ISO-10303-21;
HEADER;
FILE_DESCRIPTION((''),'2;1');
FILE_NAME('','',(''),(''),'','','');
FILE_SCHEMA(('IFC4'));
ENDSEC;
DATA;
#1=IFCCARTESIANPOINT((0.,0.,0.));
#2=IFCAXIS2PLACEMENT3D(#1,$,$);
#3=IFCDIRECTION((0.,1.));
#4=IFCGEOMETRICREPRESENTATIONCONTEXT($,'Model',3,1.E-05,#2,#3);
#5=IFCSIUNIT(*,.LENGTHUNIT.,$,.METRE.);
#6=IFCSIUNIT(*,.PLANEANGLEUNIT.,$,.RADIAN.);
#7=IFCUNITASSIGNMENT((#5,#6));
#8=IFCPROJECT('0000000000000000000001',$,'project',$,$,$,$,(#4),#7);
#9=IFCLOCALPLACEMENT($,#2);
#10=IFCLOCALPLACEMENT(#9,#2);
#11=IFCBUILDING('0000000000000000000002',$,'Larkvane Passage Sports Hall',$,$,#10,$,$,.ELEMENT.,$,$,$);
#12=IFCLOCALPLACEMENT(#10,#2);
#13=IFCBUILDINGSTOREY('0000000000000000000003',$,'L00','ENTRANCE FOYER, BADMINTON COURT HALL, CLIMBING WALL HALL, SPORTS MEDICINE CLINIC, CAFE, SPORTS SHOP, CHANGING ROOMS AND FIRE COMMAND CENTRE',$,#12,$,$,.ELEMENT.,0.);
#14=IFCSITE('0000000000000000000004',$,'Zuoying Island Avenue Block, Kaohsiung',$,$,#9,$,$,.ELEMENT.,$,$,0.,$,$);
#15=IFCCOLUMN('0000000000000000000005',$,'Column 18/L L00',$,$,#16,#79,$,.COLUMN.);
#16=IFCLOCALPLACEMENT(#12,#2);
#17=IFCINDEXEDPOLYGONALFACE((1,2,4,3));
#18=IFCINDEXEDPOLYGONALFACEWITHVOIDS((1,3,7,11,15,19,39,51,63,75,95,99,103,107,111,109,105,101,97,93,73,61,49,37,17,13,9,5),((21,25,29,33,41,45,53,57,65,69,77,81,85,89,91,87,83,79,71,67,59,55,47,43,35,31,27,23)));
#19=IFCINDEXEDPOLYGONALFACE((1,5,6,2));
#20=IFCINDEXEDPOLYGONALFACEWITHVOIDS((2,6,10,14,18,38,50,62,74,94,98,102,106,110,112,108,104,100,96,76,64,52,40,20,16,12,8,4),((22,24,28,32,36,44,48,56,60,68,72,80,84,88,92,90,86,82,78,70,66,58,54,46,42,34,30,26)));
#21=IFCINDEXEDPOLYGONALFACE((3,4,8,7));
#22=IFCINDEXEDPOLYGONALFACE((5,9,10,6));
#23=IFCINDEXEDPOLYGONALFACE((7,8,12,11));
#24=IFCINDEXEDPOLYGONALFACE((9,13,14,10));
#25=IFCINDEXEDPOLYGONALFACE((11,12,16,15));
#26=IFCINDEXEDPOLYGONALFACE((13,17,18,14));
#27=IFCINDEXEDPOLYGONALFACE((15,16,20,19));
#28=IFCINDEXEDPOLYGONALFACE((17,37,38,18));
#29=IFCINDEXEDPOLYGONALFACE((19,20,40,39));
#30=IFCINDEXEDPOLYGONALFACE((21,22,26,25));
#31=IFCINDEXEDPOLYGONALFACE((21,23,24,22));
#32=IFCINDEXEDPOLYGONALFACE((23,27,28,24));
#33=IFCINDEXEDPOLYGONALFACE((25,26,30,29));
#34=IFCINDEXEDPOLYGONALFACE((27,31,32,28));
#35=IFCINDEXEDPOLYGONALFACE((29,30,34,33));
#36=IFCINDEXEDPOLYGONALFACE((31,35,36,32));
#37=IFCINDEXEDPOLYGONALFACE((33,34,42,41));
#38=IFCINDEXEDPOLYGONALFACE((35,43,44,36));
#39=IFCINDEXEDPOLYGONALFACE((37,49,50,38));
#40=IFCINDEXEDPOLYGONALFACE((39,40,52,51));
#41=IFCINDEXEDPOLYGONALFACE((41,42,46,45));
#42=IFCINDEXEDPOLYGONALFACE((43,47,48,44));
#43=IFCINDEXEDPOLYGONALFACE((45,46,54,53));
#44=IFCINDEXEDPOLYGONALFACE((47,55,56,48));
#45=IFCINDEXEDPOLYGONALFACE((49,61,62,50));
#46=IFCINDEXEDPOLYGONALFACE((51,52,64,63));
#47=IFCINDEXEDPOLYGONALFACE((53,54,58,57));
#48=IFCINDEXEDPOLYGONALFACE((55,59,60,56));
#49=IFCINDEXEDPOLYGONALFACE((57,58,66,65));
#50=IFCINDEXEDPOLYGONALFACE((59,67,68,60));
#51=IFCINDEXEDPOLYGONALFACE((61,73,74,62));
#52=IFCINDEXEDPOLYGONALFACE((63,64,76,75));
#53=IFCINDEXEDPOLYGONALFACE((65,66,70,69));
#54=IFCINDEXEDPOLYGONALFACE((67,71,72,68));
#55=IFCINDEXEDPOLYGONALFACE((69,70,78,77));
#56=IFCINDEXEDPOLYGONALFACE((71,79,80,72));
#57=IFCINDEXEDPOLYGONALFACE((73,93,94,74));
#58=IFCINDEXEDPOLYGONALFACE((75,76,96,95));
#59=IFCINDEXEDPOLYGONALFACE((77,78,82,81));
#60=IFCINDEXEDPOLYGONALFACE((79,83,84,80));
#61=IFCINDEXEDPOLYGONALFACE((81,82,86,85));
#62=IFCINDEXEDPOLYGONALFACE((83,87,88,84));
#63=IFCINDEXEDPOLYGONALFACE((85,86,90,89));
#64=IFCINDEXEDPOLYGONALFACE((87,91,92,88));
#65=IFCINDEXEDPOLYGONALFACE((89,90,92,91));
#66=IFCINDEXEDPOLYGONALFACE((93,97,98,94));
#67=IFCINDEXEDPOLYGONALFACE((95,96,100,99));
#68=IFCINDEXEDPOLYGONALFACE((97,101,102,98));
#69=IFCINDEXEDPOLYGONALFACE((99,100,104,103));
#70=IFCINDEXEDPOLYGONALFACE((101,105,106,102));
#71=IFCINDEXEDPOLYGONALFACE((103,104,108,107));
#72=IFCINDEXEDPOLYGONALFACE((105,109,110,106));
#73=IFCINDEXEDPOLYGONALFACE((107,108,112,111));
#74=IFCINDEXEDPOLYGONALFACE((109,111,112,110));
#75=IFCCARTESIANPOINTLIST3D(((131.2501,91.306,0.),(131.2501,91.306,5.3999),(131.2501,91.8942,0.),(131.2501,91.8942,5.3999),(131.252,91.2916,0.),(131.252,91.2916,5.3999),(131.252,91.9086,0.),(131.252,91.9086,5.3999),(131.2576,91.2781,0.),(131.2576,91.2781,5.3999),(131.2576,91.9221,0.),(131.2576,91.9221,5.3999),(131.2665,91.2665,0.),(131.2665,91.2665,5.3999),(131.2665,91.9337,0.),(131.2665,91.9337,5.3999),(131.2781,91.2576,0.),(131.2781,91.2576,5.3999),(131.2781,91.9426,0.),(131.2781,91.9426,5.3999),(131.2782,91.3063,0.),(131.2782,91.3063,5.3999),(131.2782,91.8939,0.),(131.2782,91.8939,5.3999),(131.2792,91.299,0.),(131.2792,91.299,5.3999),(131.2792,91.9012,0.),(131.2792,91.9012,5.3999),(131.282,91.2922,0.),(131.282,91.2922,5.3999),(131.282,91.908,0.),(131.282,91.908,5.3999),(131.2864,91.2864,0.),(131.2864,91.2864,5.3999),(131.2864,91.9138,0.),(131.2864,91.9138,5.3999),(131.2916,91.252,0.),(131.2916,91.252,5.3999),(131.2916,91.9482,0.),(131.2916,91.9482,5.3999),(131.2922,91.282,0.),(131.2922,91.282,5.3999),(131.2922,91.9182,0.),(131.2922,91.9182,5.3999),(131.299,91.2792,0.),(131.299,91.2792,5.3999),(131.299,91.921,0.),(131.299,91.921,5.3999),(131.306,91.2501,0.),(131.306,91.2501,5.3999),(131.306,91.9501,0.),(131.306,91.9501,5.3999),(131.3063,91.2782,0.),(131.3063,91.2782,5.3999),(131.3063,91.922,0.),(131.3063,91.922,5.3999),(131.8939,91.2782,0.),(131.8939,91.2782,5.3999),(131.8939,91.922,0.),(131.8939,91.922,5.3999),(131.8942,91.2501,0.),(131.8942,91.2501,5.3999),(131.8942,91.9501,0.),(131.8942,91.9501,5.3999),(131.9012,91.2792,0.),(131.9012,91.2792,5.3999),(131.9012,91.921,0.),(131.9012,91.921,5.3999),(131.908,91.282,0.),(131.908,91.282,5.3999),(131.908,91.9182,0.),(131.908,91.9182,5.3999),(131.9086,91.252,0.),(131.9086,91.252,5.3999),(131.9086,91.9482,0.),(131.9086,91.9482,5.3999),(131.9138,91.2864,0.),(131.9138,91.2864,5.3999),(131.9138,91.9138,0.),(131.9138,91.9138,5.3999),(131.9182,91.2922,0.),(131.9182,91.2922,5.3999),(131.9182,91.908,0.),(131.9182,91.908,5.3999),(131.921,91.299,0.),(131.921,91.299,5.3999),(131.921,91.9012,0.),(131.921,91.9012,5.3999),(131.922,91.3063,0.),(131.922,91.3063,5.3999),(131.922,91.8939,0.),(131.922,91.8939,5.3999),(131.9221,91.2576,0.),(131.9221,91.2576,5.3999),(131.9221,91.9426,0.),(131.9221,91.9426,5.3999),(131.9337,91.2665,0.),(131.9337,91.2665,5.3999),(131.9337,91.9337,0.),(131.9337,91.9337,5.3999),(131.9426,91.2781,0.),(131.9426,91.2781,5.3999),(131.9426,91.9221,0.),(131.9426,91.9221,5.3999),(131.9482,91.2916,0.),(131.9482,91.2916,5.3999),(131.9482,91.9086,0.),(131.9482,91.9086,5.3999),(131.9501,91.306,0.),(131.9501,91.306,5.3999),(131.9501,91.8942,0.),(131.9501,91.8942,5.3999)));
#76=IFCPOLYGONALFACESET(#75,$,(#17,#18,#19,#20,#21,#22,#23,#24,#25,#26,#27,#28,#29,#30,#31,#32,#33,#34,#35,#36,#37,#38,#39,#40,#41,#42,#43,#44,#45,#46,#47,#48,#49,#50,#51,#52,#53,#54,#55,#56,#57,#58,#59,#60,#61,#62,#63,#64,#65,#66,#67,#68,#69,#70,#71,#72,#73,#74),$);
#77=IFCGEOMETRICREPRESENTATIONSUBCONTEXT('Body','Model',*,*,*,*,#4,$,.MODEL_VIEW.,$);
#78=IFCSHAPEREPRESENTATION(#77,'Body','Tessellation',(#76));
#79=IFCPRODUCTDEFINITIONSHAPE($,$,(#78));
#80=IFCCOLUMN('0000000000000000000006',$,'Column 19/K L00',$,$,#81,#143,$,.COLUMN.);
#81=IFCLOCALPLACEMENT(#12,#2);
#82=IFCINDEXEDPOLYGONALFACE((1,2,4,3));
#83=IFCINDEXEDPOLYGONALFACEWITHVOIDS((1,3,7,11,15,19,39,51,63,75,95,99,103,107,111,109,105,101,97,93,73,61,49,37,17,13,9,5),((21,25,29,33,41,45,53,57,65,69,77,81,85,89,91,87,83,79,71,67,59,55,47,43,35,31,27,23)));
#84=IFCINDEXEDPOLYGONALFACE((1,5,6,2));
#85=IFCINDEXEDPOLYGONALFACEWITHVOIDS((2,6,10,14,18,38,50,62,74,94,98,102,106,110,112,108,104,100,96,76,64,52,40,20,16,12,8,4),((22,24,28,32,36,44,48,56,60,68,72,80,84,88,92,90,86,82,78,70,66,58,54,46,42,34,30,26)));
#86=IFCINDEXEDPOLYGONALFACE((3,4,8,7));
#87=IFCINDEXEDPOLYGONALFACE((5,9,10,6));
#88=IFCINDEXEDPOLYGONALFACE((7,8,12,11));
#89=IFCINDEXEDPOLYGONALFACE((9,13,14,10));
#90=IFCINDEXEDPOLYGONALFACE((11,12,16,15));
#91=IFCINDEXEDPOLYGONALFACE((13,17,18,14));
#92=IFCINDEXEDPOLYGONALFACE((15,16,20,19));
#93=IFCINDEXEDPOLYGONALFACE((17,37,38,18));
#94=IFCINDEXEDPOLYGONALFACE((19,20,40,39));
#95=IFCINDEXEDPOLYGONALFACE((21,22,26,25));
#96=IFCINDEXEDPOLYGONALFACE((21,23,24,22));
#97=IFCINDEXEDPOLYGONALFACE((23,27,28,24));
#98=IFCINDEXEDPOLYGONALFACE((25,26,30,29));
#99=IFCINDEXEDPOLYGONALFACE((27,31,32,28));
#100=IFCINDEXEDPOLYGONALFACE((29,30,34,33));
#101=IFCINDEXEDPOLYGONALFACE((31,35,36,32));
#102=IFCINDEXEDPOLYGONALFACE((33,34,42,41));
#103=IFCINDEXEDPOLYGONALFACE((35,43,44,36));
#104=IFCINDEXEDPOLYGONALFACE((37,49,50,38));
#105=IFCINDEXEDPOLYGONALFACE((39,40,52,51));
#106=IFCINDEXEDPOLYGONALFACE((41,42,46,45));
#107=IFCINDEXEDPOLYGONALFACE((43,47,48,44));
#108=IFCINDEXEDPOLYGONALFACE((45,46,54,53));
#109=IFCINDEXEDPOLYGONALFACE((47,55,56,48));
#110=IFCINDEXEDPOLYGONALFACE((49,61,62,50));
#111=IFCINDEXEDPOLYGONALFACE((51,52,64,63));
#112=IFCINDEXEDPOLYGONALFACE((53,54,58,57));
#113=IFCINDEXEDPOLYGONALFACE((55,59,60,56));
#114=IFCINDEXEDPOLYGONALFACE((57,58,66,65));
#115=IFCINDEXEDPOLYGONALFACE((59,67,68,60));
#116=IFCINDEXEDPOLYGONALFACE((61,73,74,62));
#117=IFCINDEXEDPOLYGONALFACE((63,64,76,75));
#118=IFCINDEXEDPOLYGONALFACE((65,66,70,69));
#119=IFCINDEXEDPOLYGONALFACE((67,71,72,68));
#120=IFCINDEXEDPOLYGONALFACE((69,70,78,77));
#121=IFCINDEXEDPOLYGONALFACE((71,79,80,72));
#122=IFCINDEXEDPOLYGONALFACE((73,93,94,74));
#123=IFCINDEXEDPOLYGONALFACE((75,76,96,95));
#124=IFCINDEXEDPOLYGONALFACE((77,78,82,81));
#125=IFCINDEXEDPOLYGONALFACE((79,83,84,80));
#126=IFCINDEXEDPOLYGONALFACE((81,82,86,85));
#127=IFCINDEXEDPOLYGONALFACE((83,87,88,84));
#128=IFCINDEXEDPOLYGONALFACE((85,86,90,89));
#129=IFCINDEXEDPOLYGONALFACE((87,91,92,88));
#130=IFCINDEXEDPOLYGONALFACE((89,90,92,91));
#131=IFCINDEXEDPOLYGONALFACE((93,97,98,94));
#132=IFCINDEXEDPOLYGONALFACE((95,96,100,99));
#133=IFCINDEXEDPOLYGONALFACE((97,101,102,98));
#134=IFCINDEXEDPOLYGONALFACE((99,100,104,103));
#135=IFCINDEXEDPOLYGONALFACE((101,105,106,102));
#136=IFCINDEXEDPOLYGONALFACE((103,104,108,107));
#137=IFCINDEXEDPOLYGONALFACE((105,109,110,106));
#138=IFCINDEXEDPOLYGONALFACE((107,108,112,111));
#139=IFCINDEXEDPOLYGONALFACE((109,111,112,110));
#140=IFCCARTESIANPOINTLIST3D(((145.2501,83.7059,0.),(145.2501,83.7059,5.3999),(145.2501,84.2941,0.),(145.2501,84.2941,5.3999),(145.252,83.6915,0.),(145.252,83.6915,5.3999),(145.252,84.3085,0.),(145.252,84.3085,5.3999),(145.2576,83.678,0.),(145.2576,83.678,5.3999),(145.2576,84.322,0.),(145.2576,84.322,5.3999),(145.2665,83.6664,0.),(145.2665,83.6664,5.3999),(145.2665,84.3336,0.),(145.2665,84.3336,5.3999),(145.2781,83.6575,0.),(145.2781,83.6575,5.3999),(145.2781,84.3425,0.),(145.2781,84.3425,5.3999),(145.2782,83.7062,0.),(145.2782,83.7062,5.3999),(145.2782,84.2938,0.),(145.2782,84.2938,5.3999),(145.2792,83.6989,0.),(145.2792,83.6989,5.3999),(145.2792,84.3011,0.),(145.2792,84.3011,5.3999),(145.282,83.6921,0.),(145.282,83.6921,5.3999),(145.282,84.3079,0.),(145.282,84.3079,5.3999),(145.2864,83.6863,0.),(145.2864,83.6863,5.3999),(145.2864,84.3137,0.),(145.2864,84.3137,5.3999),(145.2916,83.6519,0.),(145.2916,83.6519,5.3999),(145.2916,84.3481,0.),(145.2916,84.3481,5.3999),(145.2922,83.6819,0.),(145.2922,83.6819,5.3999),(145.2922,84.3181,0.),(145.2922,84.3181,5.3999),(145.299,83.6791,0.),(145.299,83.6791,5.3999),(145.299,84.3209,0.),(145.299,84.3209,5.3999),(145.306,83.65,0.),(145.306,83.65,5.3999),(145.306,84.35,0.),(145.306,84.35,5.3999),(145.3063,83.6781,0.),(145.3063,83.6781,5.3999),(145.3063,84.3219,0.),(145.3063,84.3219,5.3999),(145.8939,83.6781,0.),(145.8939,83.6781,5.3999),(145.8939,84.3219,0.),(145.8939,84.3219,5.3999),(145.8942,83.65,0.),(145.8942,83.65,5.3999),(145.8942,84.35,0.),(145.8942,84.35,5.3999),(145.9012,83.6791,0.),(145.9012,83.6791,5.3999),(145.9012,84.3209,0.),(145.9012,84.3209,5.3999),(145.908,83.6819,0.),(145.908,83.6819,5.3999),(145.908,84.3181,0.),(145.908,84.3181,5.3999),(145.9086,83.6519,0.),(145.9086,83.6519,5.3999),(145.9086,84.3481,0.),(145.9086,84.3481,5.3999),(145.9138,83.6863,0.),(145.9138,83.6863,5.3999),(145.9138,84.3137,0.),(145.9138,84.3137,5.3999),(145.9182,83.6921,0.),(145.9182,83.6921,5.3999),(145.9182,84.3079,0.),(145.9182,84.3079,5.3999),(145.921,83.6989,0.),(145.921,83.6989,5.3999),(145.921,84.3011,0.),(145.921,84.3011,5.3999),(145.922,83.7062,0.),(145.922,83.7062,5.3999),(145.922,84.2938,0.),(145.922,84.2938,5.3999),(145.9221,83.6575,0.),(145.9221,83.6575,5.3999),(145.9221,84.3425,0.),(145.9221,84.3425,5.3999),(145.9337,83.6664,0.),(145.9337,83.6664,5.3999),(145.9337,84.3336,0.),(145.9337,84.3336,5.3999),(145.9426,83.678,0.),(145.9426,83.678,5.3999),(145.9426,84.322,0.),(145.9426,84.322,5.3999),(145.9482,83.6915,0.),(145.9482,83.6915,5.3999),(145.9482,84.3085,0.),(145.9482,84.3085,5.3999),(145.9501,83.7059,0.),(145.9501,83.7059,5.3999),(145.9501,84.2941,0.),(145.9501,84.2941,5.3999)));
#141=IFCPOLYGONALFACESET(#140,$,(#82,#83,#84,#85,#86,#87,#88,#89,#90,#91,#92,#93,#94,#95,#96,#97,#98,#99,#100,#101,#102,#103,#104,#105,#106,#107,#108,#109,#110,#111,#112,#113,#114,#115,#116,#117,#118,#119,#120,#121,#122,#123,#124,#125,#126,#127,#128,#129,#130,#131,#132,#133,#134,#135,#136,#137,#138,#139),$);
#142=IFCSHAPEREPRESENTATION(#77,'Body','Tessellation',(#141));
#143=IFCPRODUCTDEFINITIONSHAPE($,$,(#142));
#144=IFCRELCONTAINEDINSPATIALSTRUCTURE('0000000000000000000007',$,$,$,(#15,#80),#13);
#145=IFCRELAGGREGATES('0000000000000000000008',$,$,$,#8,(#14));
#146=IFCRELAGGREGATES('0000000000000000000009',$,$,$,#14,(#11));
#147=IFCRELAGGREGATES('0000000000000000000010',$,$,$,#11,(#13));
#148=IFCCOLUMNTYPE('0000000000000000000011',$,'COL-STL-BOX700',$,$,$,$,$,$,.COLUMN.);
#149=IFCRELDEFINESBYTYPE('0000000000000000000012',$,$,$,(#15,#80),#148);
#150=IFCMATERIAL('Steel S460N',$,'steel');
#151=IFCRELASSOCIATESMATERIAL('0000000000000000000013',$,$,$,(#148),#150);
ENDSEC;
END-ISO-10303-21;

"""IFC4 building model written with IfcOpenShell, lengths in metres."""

from ifc_helpers import new_model, si_unit, direction, frame, origin, origin_2d, place, context, subcontext, project, spatial, hollow_rectangle, extrude, material, material_profile, profile_set, type_object, element, save


model = new_model("IFC4")

# Units and contexts
model_context = context("Model", 3, precision=1e-05, world=origin(), true_north=direction((0.0, 1.0)))
body_context = subcontext(model_context, "Body", "Model", "MODEL_VIEW")
ifc_project = project(units=[si_unit("LENGTHUNIT", "METRE"), si_unit("PLANEANGLEUNIT", "RADIAN")], contexts=[model_context])

# Site, building, storey
site_placement = place(None, origin())
site = spatial("IfcSite", under=ifc_project, at=site_placement, Name="Zuoying Island Avenue Block, Kaohsiung", CompositionType="ELEMENT", RefElevation=0.0)
building_placement = place(site_placement, origin())
building = spatial("IfcBuilding", under=site, at=building_placement, Name="Larkvane Passage Sports Hall", CompositionType="ELEMENT")
storey_placement = place(building_placement, origin())
storey = spatial("IfcBuildingStorey", under=building, at=storey_placement, Name="L00", Description="ENTRANCE FOYER, BADMINTON COURT HALL, CLIMBING WALL HALL, SPORTS MEDICINE CLINIC, CAFE, SPORTS SHOP, CHANGING ROOMS AND FIRE COMMAND CENTRE", CompositionType="ELEMENT", Elevation=0.0)

# Columns
ifc_material_1 = material(Name="Steel S460N", Category="steel")
ifc_material_profile_1 = material_profile(ifc_material_1, hollow_rectangle(XDim=0.7, YDim=0.7, WallThickness=0.0281, InnerFilletRadius=0.0281, OuterFilletRadius=0.0559, at=origin_2d()), Name="BOX-700x700x28")
ifc_profile_set_1 = profile_set([ifc_material_profile_1], Name="Steel S460N")
column_type_1 = type_object("IfcColumnType", Name="COL-STL-BOX700", PredefinedType="COLUMN", material=ifc_profile_set_1)
for number, where, z_axis, x_axis, name in (
    (1, (131.6001, 91.6001, 0.0), (0.0, 0.0, 1.0), (1.0, 0.0, 0.0), "Column 18/L L00"),
    (2, (145.6001, 84.0, 0.0), (0.0, 0.0, 1.0), (1.0, 0.0, 0.0), "Column 19/K L00"),
):
    element("IfcColumn", number, at=place(storey_placement, frame(where, z_axis=z_axis, x_axis=x_axis)), inside=storey, type_object=column_type_1, Name=name, PredefinedType="COLUMN", context=body_context, shape_type="SweptSolid", body=[
        extrude(hollow_rectangle(XDim=0.7, YDim=0.7, WallThickness=0.0281, InnerFilletRadius=0.0281, OuterFilletRadius=0.0559, at=origin_2d()), origin(), (0.0, 0.0, 1.0), 5.3999),
    ])

save(model, "model.ifc")
